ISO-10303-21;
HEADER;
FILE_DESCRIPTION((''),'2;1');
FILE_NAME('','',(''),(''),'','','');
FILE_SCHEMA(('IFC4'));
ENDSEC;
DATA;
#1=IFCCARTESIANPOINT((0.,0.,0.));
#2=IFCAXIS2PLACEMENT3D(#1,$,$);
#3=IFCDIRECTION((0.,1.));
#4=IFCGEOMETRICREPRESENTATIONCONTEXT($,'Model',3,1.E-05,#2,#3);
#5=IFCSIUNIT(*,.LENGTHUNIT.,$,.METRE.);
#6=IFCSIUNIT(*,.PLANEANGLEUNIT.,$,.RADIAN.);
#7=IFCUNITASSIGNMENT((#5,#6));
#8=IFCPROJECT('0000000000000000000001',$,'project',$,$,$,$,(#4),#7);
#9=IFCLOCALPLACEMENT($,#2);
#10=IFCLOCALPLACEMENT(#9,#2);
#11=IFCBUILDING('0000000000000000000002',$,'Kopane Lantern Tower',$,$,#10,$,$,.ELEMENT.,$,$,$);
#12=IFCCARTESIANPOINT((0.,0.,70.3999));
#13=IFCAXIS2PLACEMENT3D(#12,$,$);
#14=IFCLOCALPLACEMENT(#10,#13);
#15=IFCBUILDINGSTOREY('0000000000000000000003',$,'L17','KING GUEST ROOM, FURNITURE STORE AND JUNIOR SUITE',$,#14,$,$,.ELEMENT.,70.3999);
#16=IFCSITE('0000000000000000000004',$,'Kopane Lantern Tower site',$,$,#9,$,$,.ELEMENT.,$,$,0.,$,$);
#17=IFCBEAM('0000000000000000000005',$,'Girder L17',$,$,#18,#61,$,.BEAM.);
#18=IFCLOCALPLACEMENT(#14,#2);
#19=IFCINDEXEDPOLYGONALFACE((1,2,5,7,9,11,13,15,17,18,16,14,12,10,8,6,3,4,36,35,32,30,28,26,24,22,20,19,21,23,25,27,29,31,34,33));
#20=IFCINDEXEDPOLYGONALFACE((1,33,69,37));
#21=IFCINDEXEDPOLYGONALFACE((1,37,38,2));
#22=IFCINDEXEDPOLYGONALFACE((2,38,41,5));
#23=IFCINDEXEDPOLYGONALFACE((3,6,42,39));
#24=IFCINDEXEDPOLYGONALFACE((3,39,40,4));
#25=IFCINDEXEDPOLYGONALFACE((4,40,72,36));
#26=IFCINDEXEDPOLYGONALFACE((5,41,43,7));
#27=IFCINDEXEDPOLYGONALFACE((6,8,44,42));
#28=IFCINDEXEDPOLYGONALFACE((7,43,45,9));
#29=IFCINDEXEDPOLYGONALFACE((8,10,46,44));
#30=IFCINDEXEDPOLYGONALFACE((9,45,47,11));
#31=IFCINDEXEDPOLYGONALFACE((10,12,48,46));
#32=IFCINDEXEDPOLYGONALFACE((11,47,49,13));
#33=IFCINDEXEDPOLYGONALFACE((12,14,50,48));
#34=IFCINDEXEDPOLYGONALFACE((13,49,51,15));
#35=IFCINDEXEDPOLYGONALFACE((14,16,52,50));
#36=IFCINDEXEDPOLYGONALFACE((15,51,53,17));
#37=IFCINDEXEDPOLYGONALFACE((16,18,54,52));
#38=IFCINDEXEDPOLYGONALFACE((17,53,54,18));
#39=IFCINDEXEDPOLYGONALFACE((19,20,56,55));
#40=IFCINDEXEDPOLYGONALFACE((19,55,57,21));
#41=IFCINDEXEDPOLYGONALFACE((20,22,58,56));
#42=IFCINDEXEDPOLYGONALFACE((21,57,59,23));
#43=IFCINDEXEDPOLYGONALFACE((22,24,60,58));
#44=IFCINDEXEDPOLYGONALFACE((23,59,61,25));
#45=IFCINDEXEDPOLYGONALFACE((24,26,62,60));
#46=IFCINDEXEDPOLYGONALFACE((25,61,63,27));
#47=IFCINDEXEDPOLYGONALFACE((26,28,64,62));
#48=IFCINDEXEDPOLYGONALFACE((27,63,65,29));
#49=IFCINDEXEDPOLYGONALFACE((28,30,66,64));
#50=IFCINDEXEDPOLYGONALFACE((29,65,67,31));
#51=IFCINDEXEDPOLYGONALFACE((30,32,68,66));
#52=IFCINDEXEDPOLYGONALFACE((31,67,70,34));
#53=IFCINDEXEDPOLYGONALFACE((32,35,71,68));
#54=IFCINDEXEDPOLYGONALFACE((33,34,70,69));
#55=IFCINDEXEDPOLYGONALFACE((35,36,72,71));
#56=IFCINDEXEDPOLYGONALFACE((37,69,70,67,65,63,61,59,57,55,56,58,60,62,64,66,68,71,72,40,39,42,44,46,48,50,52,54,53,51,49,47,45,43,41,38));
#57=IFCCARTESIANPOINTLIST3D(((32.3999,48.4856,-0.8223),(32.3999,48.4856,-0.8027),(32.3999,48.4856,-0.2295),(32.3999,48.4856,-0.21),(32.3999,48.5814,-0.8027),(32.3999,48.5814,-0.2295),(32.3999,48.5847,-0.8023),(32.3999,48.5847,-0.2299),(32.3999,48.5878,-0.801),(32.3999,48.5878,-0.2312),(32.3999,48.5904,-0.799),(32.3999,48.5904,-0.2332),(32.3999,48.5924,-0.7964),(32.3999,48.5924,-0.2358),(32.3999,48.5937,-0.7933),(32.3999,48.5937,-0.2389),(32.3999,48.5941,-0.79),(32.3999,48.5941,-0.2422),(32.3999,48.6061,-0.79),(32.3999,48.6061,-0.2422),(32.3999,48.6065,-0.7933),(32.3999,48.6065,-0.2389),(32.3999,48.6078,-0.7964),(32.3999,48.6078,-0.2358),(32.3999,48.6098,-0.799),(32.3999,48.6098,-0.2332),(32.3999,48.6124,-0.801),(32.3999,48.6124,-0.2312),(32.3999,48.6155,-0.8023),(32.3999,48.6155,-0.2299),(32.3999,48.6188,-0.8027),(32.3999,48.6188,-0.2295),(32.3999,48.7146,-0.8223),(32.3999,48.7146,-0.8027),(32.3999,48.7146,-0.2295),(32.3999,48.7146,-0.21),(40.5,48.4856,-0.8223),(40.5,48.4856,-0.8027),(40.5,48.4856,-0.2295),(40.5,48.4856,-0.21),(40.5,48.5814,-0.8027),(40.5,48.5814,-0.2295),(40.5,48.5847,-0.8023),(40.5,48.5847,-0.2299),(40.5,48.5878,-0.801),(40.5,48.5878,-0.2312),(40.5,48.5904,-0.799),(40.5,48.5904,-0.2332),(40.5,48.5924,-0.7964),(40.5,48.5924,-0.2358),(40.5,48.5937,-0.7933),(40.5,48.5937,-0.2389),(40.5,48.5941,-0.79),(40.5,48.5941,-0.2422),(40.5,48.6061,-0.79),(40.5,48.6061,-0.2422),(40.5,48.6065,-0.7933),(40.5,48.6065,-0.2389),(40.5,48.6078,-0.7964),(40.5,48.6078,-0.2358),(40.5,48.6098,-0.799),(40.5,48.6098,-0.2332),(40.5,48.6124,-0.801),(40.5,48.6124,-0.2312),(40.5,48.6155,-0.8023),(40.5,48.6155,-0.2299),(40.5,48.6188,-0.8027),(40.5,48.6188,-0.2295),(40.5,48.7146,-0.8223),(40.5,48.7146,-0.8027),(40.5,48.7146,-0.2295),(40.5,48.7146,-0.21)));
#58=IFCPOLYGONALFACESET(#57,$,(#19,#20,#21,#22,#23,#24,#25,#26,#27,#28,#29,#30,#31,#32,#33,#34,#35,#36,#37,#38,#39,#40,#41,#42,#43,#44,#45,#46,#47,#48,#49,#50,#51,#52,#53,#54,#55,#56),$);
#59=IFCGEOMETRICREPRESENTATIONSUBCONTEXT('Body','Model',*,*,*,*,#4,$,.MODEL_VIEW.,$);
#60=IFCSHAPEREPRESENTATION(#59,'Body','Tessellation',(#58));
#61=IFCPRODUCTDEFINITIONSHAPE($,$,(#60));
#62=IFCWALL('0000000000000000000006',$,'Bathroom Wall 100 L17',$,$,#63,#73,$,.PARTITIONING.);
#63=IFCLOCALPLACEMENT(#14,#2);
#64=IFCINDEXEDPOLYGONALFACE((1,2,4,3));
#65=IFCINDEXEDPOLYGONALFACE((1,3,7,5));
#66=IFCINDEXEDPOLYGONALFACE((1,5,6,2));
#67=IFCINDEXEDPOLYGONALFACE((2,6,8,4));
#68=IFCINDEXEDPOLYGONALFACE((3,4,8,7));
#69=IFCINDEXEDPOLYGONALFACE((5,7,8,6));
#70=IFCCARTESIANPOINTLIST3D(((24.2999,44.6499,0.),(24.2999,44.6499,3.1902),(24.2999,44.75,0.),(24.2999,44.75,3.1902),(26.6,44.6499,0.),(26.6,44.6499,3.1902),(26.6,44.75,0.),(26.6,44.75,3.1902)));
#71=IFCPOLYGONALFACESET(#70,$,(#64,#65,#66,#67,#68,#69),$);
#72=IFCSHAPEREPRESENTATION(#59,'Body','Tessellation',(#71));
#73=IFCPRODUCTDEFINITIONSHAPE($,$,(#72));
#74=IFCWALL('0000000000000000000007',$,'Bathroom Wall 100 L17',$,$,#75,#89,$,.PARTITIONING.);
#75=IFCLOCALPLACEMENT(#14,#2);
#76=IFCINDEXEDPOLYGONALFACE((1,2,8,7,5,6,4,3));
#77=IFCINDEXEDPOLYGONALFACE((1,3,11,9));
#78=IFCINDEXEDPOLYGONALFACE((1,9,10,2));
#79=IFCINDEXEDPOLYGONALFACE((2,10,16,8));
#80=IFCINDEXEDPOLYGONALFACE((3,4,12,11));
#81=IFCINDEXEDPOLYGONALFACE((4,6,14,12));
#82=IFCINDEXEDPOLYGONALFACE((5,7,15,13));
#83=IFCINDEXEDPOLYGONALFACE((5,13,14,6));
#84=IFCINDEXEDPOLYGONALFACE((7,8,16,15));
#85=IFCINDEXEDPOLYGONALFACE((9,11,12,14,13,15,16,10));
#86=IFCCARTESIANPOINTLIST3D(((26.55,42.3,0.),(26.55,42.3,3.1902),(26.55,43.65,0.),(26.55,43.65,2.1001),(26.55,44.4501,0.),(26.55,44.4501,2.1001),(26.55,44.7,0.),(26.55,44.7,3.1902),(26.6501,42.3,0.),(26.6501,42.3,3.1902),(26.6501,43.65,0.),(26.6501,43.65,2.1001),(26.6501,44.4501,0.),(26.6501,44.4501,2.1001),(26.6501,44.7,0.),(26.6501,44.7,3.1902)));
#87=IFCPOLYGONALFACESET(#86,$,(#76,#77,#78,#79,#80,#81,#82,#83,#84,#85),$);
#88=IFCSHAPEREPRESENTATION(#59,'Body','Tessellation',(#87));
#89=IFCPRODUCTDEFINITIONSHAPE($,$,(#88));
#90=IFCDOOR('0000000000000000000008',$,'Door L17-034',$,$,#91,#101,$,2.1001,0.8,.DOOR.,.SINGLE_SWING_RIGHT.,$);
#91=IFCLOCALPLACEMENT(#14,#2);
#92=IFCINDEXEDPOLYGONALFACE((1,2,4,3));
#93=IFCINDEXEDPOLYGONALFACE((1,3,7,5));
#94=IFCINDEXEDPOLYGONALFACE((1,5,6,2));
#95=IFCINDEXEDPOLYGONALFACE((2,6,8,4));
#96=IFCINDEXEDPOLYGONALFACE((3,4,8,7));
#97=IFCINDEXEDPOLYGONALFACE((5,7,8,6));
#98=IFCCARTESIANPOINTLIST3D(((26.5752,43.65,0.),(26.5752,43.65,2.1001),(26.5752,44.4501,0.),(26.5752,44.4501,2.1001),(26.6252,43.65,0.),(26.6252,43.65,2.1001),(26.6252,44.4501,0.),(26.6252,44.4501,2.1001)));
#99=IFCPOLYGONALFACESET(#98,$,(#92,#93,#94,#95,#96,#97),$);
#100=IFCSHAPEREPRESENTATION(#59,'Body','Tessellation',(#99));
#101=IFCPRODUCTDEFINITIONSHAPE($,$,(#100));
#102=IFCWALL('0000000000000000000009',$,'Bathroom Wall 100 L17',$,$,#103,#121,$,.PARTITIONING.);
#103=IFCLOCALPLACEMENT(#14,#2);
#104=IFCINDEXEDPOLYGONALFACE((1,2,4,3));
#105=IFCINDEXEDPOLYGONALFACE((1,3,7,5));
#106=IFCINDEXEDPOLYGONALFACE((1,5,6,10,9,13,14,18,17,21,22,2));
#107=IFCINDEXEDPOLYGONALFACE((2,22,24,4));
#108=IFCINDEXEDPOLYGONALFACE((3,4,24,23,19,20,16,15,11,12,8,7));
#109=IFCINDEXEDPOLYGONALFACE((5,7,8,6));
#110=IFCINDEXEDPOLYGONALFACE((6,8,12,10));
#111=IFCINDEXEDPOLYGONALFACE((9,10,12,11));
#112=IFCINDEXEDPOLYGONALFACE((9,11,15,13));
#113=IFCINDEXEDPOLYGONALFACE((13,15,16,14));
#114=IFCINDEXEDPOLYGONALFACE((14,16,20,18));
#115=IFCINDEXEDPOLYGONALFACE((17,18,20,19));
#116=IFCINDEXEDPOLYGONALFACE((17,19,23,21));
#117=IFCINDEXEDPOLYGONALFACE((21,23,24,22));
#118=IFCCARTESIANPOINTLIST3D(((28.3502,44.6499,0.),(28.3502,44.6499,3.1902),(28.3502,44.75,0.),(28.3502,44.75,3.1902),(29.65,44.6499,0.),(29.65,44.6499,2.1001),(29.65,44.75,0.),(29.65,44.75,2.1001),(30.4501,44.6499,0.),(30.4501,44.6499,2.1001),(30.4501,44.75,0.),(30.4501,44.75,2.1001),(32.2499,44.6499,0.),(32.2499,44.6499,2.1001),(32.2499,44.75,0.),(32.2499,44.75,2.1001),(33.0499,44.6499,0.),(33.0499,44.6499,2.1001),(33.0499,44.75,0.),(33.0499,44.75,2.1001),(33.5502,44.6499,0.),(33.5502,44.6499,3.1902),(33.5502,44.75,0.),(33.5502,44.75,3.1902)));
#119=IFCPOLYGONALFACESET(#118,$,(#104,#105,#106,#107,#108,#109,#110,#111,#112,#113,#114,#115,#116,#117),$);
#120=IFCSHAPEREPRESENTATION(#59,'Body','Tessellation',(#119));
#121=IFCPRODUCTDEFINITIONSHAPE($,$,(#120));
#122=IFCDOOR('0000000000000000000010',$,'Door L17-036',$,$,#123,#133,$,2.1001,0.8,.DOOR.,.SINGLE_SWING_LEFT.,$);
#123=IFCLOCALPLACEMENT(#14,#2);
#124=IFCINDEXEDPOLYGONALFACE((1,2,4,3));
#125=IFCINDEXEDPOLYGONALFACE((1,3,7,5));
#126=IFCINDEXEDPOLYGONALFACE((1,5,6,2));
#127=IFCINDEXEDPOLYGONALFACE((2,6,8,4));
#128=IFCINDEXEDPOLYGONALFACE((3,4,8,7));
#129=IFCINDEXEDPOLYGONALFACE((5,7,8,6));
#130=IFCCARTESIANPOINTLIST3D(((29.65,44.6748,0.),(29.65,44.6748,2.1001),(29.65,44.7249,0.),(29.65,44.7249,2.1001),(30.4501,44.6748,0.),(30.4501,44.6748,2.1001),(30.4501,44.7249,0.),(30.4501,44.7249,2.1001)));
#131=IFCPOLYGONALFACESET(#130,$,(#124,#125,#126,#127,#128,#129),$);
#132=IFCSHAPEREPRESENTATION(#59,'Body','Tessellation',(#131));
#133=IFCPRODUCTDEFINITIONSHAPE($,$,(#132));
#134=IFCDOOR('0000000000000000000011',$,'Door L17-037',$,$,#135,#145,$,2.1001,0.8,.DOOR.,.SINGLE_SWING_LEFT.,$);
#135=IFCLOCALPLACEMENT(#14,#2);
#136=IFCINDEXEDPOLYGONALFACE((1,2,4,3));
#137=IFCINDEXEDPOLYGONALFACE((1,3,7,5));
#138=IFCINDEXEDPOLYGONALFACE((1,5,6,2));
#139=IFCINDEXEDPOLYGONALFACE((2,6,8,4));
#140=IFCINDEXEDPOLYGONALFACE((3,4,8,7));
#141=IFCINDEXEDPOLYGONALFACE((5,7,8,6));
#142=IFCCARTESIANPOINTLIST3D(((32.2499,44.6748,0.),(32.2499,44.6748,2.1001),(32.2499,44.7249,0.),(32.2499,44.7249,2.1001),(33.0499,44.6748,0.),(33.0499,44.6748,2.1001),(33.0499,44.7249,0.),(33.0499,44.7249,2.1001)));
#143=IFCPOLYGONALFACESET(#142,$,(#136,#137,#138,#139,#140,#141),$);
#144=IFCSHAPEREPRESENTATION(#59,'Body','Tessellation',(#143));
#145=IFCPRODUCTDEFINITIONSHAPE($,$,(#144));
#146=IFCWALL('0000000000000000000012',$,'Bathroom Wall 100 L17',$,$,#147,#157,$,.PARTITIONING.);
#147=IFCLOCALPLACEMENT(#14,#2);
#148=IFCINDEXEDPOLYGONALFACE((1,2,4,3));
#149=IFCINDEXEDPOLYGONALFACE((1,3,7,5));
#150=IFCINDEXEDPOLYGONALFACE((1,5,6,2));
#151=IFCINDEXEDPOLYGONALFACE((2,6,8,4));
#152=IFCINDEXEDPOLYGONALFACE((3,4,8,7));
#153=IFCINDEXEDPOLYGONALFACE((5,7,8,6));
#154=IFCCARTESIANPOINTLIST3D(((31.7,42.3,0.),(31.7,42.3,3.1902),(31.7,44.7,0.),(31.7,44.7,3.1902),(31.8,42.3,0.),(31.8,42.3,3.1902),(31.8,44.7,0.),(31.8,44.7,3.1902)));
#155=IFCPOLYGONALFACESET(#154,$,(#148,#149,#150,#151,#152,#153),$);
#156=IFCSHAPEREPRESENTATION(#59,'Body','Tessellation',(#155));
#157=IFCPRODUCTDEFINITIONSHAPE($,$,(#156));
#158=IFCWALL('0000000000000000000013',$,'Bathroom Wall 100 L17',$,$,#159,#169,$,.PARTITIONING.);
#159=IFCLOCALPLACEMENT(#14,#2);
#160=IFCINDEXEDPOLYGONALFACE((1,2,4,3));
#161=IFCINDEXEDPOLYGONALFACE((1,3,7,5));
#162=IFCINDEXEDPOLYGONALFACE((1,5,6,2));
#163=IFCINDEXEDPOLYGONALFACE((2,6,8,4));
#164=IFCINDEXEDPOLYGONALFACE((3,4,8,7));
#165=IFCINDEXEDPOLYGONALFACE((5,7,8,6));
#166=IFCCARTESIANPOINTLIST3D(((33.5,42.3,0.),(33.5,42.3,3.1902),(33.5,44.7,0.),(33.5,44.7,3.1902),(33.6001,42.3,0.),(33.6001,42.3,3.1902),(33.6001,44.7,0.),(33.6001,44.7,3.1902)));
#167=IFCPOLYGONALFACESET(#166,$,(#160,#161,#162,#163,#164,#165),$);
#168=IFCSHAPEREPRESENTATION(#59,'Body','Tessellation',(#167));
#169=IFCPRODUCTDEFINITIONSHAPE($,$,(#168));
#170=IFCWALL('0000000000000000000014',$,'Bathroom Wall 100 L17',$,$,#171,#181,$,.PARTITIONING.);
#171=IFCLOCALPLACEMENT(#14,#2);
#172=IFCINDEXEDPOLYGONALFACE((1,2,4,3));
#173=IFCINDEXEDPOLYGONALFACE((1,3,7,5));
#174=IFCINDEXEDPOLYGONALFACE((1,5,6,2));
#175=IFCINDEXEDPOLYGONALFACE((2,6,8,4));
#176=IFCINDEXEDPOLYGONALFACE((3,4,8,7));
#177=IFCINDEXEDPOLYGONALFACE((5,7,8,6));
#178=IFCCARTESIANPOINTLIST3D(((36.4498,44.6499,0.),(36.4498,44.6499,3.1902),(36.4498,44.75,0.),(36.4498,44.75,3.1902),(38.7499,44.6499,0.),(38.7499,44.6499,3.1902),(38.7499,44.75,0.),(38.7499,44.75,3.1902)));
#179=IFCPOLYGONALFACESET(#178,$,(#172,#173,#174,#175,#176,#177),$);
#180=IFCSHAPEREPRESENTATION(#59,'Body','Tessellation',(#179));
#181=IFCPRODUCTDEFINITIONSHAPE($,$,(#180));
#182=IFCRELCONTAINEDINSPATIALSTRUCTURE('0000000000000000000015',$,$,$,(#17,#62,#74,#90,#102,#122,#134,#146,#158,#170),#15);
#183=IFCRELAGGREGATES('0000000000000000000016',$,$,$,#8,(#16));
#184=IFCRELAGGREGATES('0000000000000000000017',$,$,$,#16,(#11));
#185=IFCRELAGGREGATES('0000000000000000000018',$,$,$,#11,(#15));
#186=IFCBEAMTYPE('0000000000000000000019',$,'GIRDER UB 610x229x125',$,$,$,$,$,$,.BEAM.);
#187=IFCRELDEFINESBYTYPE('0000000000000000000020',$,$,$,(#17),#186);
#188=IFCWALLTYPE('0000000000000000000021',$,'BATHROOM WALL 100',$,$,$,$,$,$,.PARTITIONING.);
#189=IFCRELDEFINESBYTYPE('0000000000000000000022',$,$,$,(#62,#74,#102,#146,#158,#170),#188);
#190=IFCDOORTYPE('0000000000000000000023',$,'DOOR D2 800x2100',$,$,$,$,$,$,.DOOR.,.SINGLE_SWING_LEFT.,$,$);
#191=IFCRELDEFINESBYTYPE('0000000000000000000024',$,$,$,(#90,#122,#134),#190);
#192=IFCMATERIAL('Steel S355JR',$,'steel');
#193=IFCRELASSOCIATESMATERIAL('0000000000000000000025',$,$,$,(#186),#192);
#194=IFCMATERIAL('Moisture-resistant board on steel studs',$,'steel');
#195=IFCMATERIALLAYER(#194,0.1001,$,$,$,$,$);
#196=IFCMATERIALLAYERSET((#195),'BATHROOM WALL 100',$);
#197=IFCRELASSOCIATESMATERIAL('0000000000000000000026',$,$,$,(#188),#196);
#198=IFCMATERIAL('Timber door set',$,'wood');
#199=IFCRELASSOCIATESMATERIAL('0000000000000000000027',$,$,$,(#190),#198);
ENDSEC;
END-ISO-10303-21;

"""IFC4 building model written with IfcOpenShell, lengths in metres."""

from ifc_helpers import new_model, si_unit, direction, frame, frame_2d, origin, origin_2d, place, context, subcontext, project, spatial, rectangle, i_section, extrude, material, layer, layer_set, material_profile, profile_set, type_object, element, fill, save


model = new_model("IFC4")

# Units and contexts
model_context = context("Model", 3, precision=1e-05, world=origin(), true_north=direction((0.0, 1.0)))
body_context = subcontext(model_context, "Body", "Model", "MODEL_VIEW")
ifc_project = project(units=[si_unit("LENGTHUNIT", "METRE"), si_unit("PLANEANGLEUNIT", "RADIAN")], contexts=[model_context])

# Site, building, storey
site_placement = place(None, origin())
site = spatial("IfcSite", under=ifc_project, at=site_placement, Name="Kopane Lantern Tower site", CompositionType="ELEMENT", RefElevation=0.0)
building_placement = place(site_placement, origin())
building = spatial("IfcBuilding", under=site, at=building_placement, Name="Kopane Lantern Tower", CompositionType="ELEMENT")
storey_placement = place(building_placement, frame((0.0, 0.0, 70.3999)))
storey = spatial("IfcBuildingStorey", under=building, at=storey_placement, Name="L17", Description="KING GUEST ROOM, FURNITURE STORE AND JUNIOR SUITE", CompositionType="ELEMENT", Elevation=70.3999)

# Beam
ifc_material_1 = material(Name="Steel S355JR", Category="steel")
ifc_material_profile_1 = material_profile(ifc_material_1, i_section(OverallWidth=0.229, OverallDepth=0.6123, WebThickness=0.012, FlangeThickness=0.0195, FilletRadius=0.0127, at=origin_2d()), Name="UB 610x229x125")
ifc_profile_set_1 = profile_set([ifc_material_profile_1], Name="Steel S355JR")
beam_type = type_object("IfcBeamType", Name="GIRDER UB 610x229x125", PredefinedType="BEAM", material=ifc_profile_set_1)
for number, where, z_axis, x_axis, name in (
    (1, (32.3999, 48.6001, -0.5161), (1.0, 0.0, 0.0), (0.0, 1.0, 0.0), "Girder L17"),
):
    element("IfcBeam", number, at=place(storey_placement, frame(where, z_axis=z_axis, x_axis=x_axis)), inside=storey, type_object=beam_type, Name=name, PredefinedType="BEAM", context=body_context, shape_type="SweptSolid", body=[
        extrude(i_section(OverallWidth=0.229, OverallDepth=0.6123, WebThickness=0.012, FlangeThickness=0.0195, FilletRadius=0.0127, at=origin_2d()), origin(), (0.0, 0.0, 1.0), 8.1001),
    ])

# Wall
ifc_material_2 = material(Name="Moisture-resistant board on steel studs", Category="steel")
ifc_layer_1 = layer(ifc_material_2, 0.1001)
ifc_layer_set_1 = layer_set([ifc_layer_1], Name="BATHROOM WALL 100")
wall_type_1 = type_object("IfcWallType", Name="BATHROOM WALL 100", PredefinedType="PARTITIONING", material=ifc_layer_set_1)
wall_1_placement = place(storey_placement, frame((24.3, 44.7, 0.0), z_axis=(0.0, 0.0, 1.0), x_axis=(1.0, 0.0, 0.0)))
element("IfcWall", 2, at=wall_1_placement, inside=storey, type_object=wall_type_1, Name="Bathroom Wall 100 L17", PredefinedType="PARTITIONING", context=body_context, shape_type="SweptSolid", body=[
    extrude(rectangle(XDim=2.3, YDim=0.1001, at=frame_2d((1.1499, 0.0))), origin(), (0.0, 0.0, 1.0), 3.1902),
])

# Wall, opening, door
wall_2_placement = place(storey_placement, frame((26.6001, 42.3, 0.0), z_axis=(0.0, 0.0, 1.0), x_axis=(0.0, 1.0, 0.0)))
wall_2 = element("IfcWall", 3, at=wall_2_placement, inside=storey, type_object=wall_type_1, Name="Bathroom Wall 100 L17", PredefinedType="PARTITIONING", context=body_context, shape_type="SweptSolid", body=[
    extrude(rectangle(XDim=2.3999, YDim=0.1001, at=frame_2d((1.2, 0.0))), origin(), (0.0, 0.0, 1.0), 3.1902),
])
opening_1_placement = place(wall_2_placement, frame((1.3501, 0.0, 0.0)))
opening_1 = element("IfcOpeningElement", 4, at=opening_1_placement, cuts=wall_2, PredefinedType="OPENING", context=body_context, shape_type="SweptSolid", body=[
    extrude(rectangle(XDim=0.8, YDim=2.1001, at=frame_2d((0.3999, 1.05))), frame((0.0, 0.0601, 0.0), z_axis=(0.0, -1.0, 0.0), x_axis=(1.0, 0.0, 0.0)), (0.0, 0.0, 1.0), 0.1201),
])
ifc_material_3 = material(Name="Timber door set", Category="wood")
door_type_1 = type_object("IfcDoorType", Name="DOOR D2 800x2100", OperationType="SINGLE_SWING_LEFT", PredefinedType="DOOR", material=ifc_material_3)
door_1_placement = place(opening_1_placement, origin())
door_1 = element("IfcDoor", 5, at=door_1_placement, inside=storey, type_object=door_type_1, Name="Door L17-034", OperationType="SINGLE_SWING_RIGHT", OverallHeight=2.1001, OverallWidth=0.8, PredefinedType="DOOR", context=body_context, shape_type="SweptSolid", body=[
    extrude(rectangle(XDim=0.8, YDim=2.1001, at=frame_2d((0.3999, 1.05))), frame((0.0, 0.0249, 0.0), z_axis=(0.0, -1.0, 0.0), x_axis=(1.0, 0.0, 0.0)), (0.0, 0.0, 1.0), 0.05),
])
fill(opening_1, door_1)

# Wall, openings, doors
wall_3_placement = place(storey_placement, frame((28.3501, 44.7, 0.0), z_axis=(0.0, 0.0, 1.0), x_axis=(1.0, 0.0, 0.0)))
wall_3 = element("IfcWall", 6, at=wall_3_placement, inside=storey, type_object=wall_type_1, Name="Bathroom Wall 100 L17", PredefinedType="PARTITIONING", context=body_context, shape_type="SweptSolid", body=[
    extrude(rectangle(XDim=5.2, YDim=0.1001, at=frame_2d((2.6001, 0.0))), origin(), (0.0, 0.0, 1.0), 3.1902),
])
opening_2_placement = place(wall_3_placement, frame((1.3, 0.0, 0.0)))
opening_2 = element("IfcOpeningElement", 7, at=opening_2_placement, cuts=wall_3, PredefinedType="OPENING", context=body_context, shape_type="SweptSolid", body=[
    extrude(rectangle(XDim=0.8, YDim=2.1001, at=frame_2d((0.3999, 1.05))), frame((0.0, 0.0601, 0.0), z_axis=(0.0, -1.0, 0.0), x_axis=(1.0, 0.0, 0.0)), (0.0, 0.0, 1.0), 0.1201),
])
opening_3_placement = place(wall_3_placement, frame((3.8999, 0.0, 0.0)))
opening_3 = element("IfcOpeningElement", 8, at=opening_3_placement, cuts=wall_3, PredefinedType="OPENING", context=body_context, shape_type="SweptSolid", body=[
    extrude(rectangle(XDim=0.8, YDim=2.1001, at=frame_2d((0.3999, 1.05))), frame((0.0, 0.0601, 0.0), z_axis=(0.0, -1.0, 0.0), x_axis=(1.0, 0.0, 0.0)), (0.0, 0.0, 1.0), 0.1201),
])
door_2_placement = place(opening_2_placement, origin())
door_2 = element("IfcDoor", 9, at=door_2_placement, inside=storey, type_object=door_type_1, Name="Door L17-036", OperationType="SINGLE_SWING_LEFT", OverallHeight=2.1001, OverallWidth=0.8, PredefinedType="DOOR", context=body_context, shape_type="SweptSolid", body=[
    extrude(rectangle(XDim=0.8, YDim=2.1001, at=frame_2d((0.3999, 1.05))), frame((0.0, 0.0249, 0.0), z_axis=(0.0, -1.0, 0.0), x_axis=(1.0, 0.0, 0.0)), (0.0, 0.0, 1.0), 0.05),
])
fill(opening_2, door_2)
door_3_placement = place(opening_3_placement, origin())
door_3 = element("IfcDoor", 10, at=door_3_placement, inside=storey, type_object=door_type_1, Name="Door L17-037", OperationType="SINGLE_SWING_LEFT", OverallHeight=2.1001, OverallWidth=0.8, PredefinedType="DOOR", context=body_context, shape_type="SweptSolid", body=[
    extrude(rectangle(XDim=0.8, YDim=2.1001, at=frame_2d((0.3999, 1.05))), frame((0.0, 0.0249, 0.0), z_axis=(0.0, -1.0, 0.0), x_axis=(1.0, 0.0, 0.0)), (0.0, 0.0, 1.0), 0.05),
])
fill(opening_3, door_3)

# Walls
for number, where, z_axis, x_axis, name in (
    (11, (31.75, 42.3, 0.0), (0.0, 0.0, 1.0), (0.0, 1.0, 0.0), "Bathroom Wall 100 L17"),
    (12, (33.55, 42.3, 0.0), (0.0, 0.0, 1.0), (0.0, 1.0, 0.0), "Bathroom Wall 100 L17"),
):
    element("IfcWall", number, at=place(storey_placement, frame(where, z_axis=z_axis, x_axis=x_axis)), inside=storey, type_object=wall_type_1, Name=name, PredefinedType="PARTITIONING", context=body_context, shape_type="SweptSolid", body=[
        extrude(rectangle(XDim=2.3999, YDim=0.1001, at=frame_2d((1.2, 0.0))), origin(), (0.0, 0.0, 1.0), 3.1902),
    ])
wall_4_placement = place(storey_placement, frame((36.45, 44.7, 0.0), z_axis=(0.0, 0.0, 1.0), x_axis=(1.0, 0.0, 0.0)))
element("IfcWall", 13, at=wall_4_placement, inside=storey, type_object=wall_type_1, Name="Bathroom Wall 100 L17", PredefinedType="PARTITIONING", context=body_context, shape_type="SweptSolid", body=[
    extrude(rectangle(XDim=2.3, YDim=0.1001, at=frame_2d((1.1499, 0.0))), origin(), (0.0, 0.0, 1.0), 3.1902),
])

save(model, "model.ifc")
